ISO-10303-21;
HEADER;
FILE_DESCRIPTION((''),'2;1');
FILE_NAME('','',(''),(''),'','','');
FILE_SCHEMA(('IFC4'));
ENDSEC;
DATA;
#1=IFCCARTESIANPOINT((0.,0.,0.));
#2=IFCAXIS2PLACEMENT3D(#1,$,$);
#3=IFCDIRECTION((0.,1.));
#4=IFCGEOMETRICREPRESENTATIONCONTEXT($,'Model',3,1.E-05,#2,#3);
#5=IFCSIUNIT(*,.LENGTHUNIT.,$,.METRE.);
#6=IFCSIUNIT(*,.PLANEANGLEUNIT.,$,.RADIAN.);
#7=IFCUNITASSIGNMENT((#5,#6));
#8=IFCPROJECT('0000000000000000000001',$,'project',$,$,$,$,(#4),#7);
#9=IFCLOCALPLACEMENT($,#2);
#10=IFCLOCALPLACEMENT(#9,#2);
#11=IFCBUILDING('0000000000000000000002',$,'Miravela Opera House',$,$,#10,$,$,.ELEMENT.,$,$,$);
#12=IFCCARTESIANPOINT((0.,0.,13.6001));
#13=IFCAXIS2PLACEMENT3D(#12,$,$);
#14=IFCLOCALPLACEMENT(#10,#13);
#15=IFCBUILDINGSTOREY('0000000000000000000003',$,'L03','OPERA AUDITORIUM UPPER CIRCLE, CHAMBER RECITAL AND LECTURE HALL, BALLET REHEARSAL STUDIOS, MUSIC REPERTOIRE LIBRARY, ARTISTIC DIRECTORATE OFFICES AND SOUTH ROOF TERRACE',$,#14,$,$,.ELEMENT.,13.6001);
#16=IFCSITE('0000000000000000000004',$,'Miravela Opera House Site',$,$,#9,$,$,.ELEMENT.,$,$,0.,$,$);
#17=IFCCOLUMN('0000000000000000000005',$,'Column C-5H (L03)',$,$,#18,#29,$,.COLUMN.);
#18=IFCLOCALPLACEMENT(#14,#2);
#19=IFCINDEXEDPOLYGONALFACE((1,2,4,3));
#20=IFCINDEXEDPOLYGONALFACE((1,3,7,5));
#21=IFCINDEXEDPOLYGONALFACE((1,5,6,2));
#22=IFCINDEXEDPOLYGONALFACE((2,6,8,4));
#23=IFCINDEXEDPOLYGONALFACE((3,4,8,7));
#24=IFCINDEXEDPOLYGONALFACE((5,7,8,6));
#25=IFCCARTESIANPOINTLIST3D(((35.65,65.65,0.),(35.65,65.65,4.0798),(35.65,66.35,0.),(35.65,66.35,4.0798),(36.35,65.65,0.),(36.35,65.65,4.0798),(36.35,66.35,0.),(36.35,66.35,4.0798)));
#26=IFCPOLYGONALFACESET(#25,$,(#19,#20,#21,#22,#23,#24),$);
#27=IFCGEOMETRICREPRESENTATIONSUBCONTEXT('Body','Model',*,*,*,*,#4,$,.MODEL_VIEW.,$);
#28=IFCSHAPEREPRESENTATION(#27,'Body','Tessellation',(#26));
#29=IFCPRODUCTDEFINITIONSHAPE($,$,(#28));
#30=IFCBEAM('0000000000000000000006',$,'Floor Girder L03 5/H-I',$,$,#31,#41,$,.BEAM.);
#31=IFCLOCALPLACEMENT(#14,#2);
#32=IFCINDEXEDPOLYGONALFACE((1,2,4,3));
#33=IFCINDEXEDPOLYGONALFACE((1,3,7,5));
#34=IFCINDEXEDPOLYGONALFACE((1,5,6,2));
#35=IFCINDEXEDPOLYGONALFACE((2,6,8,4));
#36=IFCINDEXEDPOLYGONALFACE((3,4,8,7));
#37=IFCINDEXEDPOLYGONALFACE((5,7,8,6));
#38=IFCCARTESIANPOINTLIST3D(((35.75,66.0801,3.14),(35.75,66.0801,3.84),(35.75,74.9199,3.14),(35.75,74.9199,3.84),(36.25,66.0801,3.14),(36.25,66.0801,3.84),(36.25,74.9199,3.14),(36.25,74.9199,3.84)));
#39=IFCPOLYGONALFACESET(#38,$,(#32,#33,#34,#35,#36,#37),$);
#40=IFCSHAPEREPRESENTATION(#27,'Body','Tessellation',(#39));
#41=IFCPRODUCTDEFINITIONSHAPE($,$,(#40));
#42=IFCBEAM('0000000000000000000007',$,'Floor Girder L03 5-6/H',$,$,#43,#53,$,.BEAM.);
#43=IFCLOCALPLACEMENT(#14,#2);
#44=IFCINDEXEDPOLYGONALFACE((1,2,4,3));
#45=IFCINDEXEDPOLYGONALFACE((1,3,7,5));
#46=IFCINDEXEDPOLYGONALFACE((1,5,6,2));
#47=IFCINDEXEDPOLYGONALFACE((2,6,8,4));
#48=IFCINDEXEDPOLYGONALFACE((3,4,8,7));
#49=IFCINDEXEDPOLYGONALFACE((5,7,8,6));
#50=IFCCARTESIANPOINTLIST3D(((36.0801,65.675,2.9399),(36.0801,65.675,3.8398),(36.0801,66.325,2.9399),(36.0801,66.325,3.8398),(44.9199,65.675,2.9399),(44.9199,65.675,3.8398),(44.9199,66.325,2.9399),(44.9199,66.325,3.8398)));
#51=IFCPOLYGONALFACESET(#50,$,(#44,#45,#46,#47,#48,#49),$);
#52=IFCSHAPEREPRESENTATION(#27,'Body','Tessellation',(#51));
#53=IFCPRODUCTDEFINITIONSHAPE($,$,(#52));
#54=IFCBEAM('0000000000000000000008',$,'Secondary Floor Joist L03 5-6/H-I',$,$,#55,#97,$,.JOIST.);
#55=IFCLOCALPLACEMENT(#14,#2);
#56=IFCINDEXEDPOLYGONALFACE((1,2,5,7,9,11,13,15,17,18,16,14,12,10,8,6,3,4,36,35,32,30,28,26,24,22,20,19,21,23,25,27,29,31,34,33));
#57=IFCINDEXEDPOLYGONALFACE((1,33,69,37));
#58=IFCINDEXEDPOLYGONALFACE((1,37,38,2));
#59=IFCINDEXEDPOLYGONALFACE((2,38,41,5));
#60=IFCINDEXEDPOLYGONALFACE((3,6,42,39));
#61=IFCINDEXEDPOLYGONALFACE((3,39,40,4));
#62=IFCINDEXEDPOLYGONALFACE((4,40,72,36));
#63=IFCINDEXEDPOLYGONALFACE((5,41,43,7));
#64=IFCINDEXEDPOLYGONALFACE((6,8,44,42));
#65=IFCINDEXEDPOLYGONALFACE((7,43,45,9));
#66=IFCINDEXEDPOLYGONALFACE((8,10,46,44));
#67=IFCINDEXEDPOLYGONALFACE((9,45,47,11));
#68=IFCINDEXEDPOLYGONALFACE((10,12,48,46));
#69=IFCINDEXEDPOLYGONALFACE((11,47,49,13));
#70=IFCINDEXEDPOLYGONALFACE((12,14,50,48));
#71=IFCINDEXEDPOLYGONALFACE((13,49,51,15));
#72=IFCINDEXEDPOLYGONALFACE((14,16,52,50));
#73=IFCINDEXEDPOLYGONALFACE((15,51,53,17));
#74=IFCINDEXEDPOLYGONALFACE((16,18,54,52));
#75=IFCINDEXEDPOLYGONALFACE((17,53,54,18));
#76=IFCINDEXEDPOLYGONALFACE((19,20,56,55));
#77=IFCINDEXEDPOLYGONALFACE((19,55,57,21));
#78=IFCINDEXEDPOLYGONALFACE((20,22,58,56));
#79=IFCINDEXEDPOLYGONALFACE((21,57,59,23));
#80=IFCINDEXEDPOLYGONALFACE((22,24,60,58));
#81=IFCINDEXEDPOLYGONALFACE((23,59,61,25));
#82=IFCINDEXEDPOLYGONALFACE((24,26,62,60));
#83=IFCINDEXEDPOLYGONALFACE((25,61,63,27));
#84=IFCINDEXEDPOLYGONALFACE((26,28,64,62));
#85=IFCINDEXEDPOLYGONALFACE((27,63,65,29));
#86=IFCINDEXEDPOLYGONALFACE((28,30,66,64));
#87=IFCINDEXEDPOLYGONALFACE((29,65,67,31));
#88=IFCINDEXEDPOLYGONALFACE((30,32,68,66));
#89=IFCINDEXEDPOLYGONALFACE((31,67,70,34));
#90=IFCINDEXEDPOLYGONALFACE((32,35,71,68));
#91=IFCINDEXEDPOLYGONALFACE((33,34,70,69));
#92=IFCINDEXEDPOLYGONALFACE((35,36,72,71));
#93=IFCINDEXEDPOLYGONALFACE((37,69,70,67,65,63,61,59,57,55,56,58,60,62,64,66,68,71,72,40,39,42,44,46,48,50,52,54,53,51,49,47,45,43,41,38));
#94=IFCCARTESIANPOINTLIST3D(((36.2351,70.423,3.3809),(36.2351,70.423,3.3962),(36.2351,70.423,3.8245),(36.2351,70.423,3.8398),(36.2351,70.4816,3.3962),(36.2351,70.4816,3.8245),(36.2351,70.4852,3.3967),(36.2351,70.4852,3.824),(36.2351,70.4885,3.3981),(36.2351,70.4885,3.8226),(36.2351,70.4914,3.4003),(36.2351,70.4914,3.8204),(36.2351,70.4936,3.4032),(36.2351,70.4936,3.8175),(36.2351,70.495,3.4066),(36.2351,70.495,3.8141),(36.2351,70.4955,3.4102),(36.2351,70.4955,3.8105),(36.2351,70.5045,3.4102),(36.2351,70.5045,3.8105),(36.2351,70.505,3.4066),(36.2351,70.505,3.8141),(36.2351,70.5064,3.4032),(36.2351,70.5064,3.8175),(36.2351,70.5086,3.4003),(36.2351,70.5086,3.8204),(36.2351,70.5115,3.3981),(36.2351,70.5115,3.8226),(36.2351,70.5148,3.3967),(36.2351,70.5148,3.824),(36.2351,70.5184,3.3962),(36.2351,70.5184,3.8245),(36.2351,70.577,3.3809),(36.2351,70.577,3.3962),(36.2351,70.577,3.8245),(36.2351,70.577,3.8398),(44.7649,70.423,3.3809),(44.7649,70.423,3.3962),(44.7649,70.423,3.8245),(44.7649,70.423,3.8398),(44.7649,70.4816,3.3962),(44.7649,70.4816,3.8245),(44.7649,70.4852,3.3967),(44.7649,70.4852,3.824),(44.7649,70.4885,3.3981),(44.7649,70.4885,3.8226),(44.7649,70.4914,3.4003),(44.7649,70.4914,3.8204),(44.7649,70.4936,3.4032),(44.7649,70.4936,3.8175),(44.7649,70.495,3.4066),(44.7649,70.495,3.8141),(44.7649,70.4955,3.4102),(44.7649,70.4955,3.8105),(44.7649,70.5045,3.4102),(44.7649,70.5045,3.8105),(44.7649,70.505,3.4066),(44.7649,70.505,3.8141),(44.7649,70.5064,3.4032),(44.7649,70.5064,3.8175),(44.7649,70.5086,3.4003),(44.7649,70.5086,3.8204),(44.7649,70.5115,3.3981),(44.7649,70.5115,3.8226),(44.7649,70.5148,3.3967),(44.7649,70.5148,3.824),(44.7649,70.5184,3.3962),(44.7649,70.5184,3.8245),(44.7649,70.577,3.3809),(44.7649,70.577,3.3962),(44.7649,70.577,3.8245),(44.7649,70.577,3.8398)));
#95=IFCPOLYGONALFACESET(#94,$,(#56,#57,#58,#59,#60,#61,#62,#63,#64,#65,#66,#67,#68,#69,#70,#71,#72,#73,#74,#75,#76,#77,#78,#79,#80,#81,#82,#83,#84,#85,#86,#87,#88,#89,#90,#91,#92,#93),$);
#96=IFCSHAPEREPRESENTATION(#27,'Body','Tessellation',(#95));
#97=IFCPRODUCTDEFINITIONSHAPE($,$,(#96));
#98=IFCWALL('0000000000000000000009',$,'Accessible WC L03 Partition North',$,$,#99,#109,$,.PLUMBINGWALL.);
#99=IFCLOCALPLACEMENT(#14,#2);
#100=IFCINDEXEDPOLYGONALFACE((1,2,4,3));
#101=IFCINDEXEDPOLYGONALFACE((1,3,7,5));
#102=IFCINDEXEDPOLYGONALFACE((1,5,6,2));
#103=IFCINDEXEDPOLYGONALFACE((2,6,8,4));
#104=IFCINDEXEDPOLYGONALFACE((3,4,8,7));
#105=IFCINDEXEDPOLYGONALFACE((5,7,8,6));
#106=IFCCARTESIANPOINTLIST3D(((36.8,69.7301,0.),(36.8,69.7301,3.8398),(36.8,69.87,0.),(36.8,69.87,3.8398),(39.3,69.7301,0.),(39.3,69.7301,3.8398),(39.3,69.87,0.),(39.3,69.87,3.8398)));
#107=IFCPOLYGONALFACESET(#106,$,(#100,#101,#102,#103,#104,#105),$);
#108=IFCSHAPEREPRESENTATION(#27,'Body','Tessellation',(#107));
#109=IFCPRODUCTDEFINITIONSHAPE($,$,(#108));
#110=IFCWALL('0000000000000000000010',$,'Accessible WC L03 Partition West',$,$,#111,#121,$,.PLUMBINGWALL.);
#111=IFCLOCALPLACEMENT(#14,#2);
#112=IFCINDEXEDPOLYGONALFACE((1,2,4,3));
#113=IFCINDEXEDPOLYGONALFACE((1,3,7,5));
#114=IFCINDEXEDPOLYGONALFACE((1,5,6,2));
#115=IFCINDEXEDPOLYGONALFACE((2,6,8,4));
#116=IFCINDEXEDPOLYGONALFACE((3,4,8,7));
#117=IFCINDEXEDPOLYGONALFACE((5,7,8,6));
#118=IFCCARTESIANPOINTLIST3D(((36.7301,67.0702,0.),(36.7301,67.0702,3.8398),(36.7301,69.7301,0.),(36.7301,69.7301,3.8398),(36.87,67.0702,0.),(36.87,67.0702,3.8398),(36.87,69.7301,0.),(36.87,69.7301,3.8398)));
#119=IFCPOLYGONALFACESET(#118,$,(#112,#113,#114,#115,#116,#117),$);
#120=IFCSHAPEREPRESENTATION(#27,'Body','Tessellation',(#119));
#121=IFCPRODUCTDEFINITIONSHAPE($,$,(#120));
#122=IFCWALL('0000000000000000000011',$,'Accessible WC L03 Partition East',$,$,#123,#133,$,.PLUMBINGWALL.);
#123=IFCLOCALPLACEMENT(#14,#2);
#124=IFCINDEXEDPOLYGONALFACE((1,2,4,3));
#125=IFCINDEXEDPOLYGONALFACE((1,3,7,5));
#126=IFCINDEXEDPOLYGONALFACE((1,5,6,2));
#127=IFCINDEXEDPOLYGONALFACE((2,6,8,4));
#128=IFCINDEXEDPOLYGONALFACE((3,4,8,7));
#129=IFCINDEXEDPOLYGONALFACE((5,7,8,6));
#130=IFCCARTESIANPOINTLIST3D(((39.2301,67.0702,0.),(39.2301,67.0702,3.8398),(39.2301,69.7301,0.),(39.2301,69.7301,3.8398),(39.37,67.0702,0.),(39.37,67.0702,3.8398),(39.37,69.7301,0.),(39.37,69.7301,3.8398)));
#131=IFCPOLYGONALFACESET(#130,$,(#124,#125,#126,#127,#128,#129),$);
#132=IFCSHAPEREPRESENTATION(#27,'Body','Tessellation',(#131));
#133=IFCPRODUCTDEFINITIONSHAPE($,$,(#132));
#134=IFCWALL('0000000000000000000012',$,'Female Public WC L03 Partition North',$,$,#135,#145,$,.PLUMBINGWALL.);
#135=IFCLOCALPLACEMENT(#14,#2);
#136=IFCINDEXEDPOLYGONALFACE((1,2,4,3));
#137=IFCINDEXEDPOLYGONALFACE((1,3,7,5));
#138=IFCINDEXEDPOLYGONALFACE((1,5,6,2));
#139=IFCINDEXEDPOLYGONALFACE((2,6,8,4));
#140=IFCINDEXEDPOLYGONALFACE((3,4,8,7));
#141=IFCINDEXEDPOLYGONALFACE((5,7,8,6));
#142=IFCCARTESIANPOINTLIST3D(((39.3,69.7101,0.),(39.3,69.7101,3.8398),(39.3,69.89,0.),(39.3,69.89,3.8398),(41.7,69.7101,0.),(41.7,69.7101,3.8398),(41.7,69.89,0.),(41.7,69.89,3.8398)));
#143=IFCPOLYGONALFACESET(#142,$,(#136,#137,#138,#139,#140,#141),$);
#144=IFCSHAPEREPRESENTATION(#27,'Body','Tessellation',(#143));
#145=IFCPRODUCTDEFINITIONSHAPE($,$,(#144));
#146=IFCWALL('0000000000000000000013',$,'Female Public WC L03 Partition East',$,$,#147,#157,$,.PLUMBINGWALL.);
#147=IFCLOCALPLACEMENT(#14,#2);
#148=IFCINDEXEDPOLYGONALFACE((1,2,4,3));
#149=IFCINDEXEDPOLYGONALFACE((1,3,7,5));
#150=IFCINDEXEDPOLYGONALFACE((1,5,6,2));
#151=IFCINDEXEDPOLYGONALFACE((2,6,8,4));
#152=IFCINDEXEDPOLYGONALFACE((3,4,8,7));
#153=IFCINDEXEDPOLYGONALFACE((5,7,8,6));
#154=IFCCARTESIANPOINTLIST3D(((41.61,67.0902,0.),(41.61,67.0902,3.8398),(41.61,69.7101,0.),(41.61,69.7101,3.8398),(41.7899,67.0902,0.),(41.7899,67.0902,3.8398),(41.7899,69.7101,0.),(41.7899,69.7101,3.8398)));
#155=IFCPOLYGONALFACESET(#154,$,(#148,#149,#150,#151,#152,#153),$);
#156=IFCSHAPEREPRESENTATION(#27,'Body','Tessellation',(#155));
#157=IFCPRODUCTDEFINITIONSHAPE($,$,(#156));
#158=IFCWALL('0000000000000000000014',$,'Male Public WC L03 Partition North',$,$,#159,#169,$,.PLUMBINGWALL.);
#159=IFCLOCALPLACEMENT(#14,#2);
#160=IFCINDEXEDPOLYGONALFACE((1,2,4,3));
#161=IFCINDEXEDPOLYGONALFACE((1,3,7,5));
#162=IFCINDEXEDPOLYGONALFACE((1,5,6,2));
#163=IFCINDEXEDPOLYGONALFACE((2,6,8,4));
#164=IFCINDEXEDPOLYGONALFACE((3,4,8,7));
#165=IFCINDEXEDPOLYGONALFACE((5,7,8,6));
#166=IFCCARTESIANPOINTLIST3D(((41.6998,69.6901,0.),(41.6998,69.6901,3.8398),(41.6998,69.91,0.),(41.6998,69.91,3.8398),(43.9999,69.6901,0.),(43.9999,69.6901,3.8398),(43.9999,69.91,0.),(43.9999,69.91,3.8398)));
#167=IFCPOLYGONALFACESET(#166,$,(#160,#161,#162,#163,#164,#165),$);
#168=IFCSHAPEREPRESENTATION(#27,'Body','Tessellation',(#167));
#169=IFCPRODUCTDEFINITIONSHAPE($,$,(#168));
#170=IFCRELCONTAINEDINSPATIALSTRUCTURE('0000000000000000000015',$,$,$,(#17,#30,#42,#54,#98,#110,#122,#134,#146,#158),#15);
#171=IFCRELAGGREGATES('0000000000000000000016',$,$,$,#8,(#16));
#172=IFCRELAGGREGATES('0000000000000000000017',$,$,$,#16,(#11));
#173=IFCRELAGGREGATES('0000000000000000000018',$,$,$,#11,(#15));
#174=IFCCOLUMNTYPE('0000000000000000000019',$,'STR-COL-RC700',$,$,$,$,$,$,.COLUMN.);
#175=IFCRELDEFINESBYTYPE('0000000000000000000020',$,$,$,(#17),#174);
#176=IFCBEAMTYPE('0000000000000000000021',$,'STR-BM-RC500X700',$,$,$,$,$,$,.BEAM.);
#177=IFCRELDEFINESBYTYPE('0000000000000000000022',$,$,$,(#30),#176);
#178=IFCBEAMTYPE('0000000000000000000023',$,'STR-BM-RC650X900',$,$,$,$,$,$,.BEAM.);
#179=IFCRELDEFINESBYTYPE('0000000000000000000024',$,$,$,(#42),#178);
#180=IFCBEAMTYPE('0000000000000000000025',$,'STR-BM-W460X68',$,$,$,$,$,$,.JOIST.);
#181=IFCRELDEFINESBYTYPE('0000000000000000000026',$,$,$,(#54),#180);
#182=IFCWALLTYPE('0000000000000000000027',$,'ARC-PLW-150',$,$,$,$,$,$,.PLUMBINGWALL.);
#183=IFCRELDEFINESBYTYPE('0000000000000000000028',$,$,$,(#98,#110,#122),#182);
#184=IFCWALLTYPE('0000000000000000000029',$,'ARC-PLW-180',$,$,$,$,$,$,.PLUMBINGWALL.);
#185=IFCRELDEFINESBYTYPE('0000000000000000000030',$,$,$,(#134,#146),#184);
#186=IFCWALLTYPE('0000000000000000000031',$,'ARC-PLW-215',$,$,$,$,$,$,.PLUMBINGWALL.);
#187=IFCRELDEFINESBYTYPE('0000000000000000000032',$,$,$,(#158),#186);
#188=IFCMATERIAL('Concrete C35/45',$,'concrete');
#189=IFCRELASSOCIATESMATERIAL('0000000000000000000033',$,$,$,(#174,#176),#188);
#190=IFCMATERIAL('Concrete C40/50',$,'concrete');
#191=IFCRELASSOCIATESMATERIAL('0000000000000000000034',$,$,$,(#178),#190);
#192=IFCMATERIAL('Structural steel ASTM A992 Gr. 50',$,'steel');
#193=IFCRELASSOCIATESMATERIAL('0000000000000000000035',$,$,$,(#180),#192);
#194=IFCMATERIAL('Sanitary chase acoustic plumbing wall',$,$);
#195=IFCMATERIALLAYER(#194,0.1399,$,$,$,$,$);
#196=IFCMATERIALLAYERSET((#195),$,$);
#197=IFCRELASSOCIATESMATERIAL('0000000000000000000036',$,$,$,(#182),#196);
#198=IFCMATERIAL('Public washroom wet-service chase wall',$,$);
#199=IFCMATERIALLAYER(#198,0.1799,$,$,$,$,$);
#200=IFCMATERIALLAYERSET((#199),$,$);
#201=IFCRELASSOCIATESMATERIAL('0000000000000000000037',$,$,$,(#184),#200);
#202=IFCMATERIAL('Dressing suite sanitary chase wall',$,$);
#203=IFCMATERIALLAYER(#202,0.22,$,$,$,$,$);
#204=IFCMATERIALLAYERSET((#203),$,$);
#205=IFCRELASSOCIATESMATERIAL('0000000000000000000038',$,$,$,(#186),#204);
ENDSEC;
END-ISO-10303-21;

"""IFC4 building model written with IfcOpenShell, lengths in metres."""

from ifc_helpers import new_model, si_unit, direction, frame, frame_2d, origin, origin_2d, place, context, subcontext, project, spatial, rectangle, i_section, extrude, material, layer, layer_set, material_profile, profile_set, type_object, element, save


model = new_model("IFC4")

# Units and contexts
model_context = context("Model", 3, precision=1e-05, world=origin(), true_north=direction((0.0, 1.0)))
body_context = subcontext(model_context, "Body", "Model", "MODEL_VIEW")
ifc_project = project(units=[si_unit("LENGTHUNIT", "METRE"), si_unit("PLANEANGLEUNIT", "RADIAN")], contexts=[model_context])

# Site, building, storey
site_placement = place(None, origin())
site = spatial("IfcSite", under=ifc_project, at=site_placement, Name="Miravela Opera House Site", CompositionType="ELEMENT", RefElevation=0.0)
building_placement = place(site_placement, origin())
building = spatial("IfcBuilding", under=site, at=building_placement, Name="Miravela Opera House", CompositionType="ELEMENT")
storey_placement = place(building_placement, frame((0.0, 0.0, 13.6001)))
storey = spatial("IfcBuildingStorey", under=building, at=storey_placement, Name="L03", Description="OPERA AUDITORIUM UPPER CIRCLE, CHAMBER RECITAL AND LECTURE HALL, BALLET REHEARSAL STUDIOS, MUSIC REPERTOIRE LIBRARY, ARTISTIC DIRECTORATE OFFICES AND SOUTH ROOF TERRACE", CompositionType="ELEMENT", Elevation=13.6001)

# Column
ifc_material_1 = material(Name="Concrete C35/45", Category="concrete")
ifc_material_profile_1 = material_profile(ifc_material_1, rectangle(XDim=0.7, YDim=0.7, at=origin_2d()), Name="RC-COL-700X700")
ifc_profile_set_1 = profile_set([ifc_material_profile_1])
column_type = type_object("IfcColumnType", Name="STR-COL-RC700", PredefinedType="COLUMN", material=ifc_profile_set_1)
column_placement = place(storey_placement, frame((36.0, 66.0, 0.0), z_axis=(0.0, 0.0, 1.0), x_axis=(1.0, 0.0, 0.0)))
element("IfcColumn", 1, at=column_placement, inside=storey, type_object=column_type, Name="Column C-5H (L03)", PredefinedType="COLUMN", context=body_context, shape_type="SweptSolid", body=[
    extrude(rectangle(XDim=0.7, YDim=0.7, at=origin_2d()), origin(), (0.0, 0.0, 1.0), 4.0798),
])

# Beams
ifc_material_profile_2 = material_profile(ifc_material_1, rectangle(XDim=0.5, YDim=0.7, at=origin_2d()), Name="RC-BM-500X700")
ifc_profile_set_2 = profile_set([ifc_material_profile_2])
beam_type_1 = type_object("IfcBeamType", Name="STR-BM-RC500X700", PredefinedType="BEAM", material=ifc_profile_set_2)
beam_1_placement = place(storey_placement, frame((36.0, 66.0801, 3.49), z_axis=(0.0, 1.0, 0.0), x_axis=(-1.0, 0.0, 0.0)))
element("IfcBeam", 2, at=beam_1_placement, inside=storey, type_object=beam_type_1, Name="Floor Girder L03 5/H-I", PredefinedType="BEAM", context=body_context, shape_type="SweptSolid", body=[
    extrude(rectangle(XDim=0.5, YDim=0.7, at=origin_2d()), origin(), (0.0, 0.0, 1.0), 8.8398),
])
ifc_material_2 = material(Name="Concrete C40/50", Category="concrete")
ifc_material_profile_3 = material_profile(ifc_material_2, rectangle(XDim=0.6499, YDim=0.8999, at=origin_2d()), Name="RC-BM-650X900")
ifc_profile_set_3 = profile_set([ifc_material_profile_3])
beam_type_2 = type_object("IfcBeamType", Name="STR-BM-RC650X900", PredefinedType="BEAM", material=ifc_profile_set_3)
beam_2_placement = place(storey_placement, frame((36.0801, 66.0, 3.3899), z_axis=(1.0, 0.0, 0.0), x_axis=(0.0, 1.0, 0.0)))
element("IfcBeam", 3, at=beam_2_placement, inside=storey, type_object=beam_type_2, Name="Floor Girder L03 5-6/H", PredefinedType="BEAM", context=body_context, shape_type="SweptSolid", body=[
    extrude(rectangle(XDim=0.6499, YDim=0.8999, at=origin_2d()), origin(), (0.0, 0.0, 1.0), 8.8398),
])
ifc_material_3 = material(Name="Structural steel ASTM A992 Gr. 50", Category="steel")
ifc_material_profile_4 = material_profile(ifc_material_3, i_section(OverallWidth=0.1541, OverallDepth=0.459, WebThickness=0.009, FlangeThickness=0.0154, FilletRadius=0.0139, at=origin_2d()), Name="W460X68")
ifc_profile_set_4 = profile_set([ifc_material_profile_4])
beam_type_3 = type_object("IfcBeamType", Name="STR-BM-W460X68", PredefinedType="JOIST", material=ifc_profile_set_4)
beam_3_placement = place(storey_placement, frame((36.2351, 70.5, 3.6104), z_axis=(1.0, 0.0, 0.0), x_axis=(0.0, 1.0, 0.0)))
element("IfcBeam", 4, at=beam_3_placement, inside=storey, type_object=beam_type_3, Name="Secondary Floor Joist L03 5-6/H-I", PredefinedType="JOIST", context=body_context, shape_type="SweptSolid", body=[
    extrude(i_section(OverallWidth=0.1541, OverallDepth=0.459, WebThickness=0.009, FlangeThickness=0.0154, FilletRadius=0.0139, at=origin_2d()), origin(), (0.0, 0.0, 1.0), 8.5298),
])

# Shared definitions
ifc_material_4 = material(Name="Sanitary chase acoustic plumbing wall")
ifc_layer_1 = layer(ifc_material_4, 0.1399)
ifc_layer_set_1 = layer_set([ifc_layer_1])
wall_type_1 = type_object("IfcWallType", Name="ARC-PLW-150", PredefinedType="PLUMBINGWALL", material=ifc_layer_set_1)

# Walls
wall_1_placement = place(storey_placement, frame((36.8, 69.8, 0.0), z_axis=(0.0, 0.0, 1.0), x_axis=(1.0, 0.0, 0.0)))
element("IfcWall", 5, at=wall_1_placement, inside=storey, type_object=wall_type_1, Name="Accessible WC L03 Partition North", PredefinedType="PLUMBINGWALL", context=body_context, shape_type="SweptSolid", body=[
    extrude(rectangle(XDim=2.5, YDim=0.1399, at=frame_2d((1.25, 0.0))), origin(), (0.0, 0.0, 1.0), 3.8398),
])
for number, where, z_axis, x_axis, name in (
    (6, (36.8, 67.0701, 0.0), (0.0, 0.0, 1.0), (0.0, 1.0, 0.0), "Accessible WC L03 Partition West"),
    (7, (39.3, 67.0701, 0.0), (0.0, 0.0, 1.0), (0.0, 1.0, 0.0), "Accessible WC L03 Partition East"),
):
    element("IfcWall", number, at=place(storey_placement, frame(where, z_axis=z_axis, x_axis=x_axis)), inside=storey, type_object=wall_type_1, Name=name, PredefinedType="PLUMBINGWALL", context=body_context, shape_type="SweptSolid", body=[
        extrude(rectangle(XDim=2.6599, YDim=0.1399, at=frame_2d((1.3301, 0.0))), origin(), (0.0, 0.0, 1.0), 3.8398),
    ])

# Shared definitions
ifc_material_5 = material(Name="Public washroom wet-service chase wall")
ifc_layer_2 = layer(ifc_material_5, 0.1799)
ifc_layer_set_2 = layer_set([ifc_layer_2])
wall_type_2 = type_object("IfcWallType", Name="ARC-PLW-180", PredefinedType="PLUMBINGWALL", material=ifc_layer_set_2)

# Walls
wall_2_placement = place(storey_placement, frame((39.3, 69.8, 0.0), z_axis=(0.0, 0.0, 1.0), x_axis=(1.0, 0.0, 0.0)))
element("IfcWall", 8, at=wall_2_placement, inside=storey, type_object=wall_type_2, Name="Female Public WC L03 Partition North", PredefinedType="PLUMBINGWALL", context=body_context, shape_type="SweptSolid", body=[
    extrude(rectangle(XDim=2.3999, YDim=0.1799, at=frame_2d((1.2, 0.0))), origin(), (0.0, 0.0, 1.0), 3.8398),
])
wall_3_placement = place(storey_placement, frame((41.7, 67.0901, 0.0), z_axis=(0.0, 0.0, 1.0), x_axis=(0.0, 1.0, 0.0)))
element("IfcWall", 9, at=wall_3_placement, inside=storey, type_object=wall_type_2, Name="Female Public WC L03 Partition East", PredefinedType="PLUMBINGWALL", context=body_context, shape_type="SweptSolid", body=[
    extrude(rectangle(XDim=2.6199, YDim=0.1799, at=frame_2d((1.3101, 0.0))), origin(), (0.0, 0.0, 1.0), 3.8398),
])

# Shared definitions
ifc_material_6 = material(Name="Dressing suite sanitary chase wall")
ifc_layer_3 = layer(ifc_material_6, 0.22)
ifc_layer_set_3 = layer_set([ifc_layer_3])
wall_type_3 = type_object("IfcWallType", Name="ARC-PLW-215", PredefinedType="PLUMBINGWALL", material=ifc_layer_set_3)

# Wall
wall_4_placement = place(storey_placement, frame((41.7, 69.8, 0.0), z_axis=(0.0, 0.0, 1.0), x_axis=(1.0, 0.0, 0.0)))
element("IfcWall", 10, at=wall_4_placement, inside=storey, type_object=wall_type_3, Name="Male Public WC L03 Partition North", PredefinedType="PLUMBINGWALL", context=body_context, shape_type="SweptSolid", body=[
    extrude(rectangle(XDim=2.3, YDim=0.22, at=frame_2d((1.1499, 0.0))), origin(), (0.0, 0.0, 1.0), 3.8398),
])

save(model, "model.ifc")
